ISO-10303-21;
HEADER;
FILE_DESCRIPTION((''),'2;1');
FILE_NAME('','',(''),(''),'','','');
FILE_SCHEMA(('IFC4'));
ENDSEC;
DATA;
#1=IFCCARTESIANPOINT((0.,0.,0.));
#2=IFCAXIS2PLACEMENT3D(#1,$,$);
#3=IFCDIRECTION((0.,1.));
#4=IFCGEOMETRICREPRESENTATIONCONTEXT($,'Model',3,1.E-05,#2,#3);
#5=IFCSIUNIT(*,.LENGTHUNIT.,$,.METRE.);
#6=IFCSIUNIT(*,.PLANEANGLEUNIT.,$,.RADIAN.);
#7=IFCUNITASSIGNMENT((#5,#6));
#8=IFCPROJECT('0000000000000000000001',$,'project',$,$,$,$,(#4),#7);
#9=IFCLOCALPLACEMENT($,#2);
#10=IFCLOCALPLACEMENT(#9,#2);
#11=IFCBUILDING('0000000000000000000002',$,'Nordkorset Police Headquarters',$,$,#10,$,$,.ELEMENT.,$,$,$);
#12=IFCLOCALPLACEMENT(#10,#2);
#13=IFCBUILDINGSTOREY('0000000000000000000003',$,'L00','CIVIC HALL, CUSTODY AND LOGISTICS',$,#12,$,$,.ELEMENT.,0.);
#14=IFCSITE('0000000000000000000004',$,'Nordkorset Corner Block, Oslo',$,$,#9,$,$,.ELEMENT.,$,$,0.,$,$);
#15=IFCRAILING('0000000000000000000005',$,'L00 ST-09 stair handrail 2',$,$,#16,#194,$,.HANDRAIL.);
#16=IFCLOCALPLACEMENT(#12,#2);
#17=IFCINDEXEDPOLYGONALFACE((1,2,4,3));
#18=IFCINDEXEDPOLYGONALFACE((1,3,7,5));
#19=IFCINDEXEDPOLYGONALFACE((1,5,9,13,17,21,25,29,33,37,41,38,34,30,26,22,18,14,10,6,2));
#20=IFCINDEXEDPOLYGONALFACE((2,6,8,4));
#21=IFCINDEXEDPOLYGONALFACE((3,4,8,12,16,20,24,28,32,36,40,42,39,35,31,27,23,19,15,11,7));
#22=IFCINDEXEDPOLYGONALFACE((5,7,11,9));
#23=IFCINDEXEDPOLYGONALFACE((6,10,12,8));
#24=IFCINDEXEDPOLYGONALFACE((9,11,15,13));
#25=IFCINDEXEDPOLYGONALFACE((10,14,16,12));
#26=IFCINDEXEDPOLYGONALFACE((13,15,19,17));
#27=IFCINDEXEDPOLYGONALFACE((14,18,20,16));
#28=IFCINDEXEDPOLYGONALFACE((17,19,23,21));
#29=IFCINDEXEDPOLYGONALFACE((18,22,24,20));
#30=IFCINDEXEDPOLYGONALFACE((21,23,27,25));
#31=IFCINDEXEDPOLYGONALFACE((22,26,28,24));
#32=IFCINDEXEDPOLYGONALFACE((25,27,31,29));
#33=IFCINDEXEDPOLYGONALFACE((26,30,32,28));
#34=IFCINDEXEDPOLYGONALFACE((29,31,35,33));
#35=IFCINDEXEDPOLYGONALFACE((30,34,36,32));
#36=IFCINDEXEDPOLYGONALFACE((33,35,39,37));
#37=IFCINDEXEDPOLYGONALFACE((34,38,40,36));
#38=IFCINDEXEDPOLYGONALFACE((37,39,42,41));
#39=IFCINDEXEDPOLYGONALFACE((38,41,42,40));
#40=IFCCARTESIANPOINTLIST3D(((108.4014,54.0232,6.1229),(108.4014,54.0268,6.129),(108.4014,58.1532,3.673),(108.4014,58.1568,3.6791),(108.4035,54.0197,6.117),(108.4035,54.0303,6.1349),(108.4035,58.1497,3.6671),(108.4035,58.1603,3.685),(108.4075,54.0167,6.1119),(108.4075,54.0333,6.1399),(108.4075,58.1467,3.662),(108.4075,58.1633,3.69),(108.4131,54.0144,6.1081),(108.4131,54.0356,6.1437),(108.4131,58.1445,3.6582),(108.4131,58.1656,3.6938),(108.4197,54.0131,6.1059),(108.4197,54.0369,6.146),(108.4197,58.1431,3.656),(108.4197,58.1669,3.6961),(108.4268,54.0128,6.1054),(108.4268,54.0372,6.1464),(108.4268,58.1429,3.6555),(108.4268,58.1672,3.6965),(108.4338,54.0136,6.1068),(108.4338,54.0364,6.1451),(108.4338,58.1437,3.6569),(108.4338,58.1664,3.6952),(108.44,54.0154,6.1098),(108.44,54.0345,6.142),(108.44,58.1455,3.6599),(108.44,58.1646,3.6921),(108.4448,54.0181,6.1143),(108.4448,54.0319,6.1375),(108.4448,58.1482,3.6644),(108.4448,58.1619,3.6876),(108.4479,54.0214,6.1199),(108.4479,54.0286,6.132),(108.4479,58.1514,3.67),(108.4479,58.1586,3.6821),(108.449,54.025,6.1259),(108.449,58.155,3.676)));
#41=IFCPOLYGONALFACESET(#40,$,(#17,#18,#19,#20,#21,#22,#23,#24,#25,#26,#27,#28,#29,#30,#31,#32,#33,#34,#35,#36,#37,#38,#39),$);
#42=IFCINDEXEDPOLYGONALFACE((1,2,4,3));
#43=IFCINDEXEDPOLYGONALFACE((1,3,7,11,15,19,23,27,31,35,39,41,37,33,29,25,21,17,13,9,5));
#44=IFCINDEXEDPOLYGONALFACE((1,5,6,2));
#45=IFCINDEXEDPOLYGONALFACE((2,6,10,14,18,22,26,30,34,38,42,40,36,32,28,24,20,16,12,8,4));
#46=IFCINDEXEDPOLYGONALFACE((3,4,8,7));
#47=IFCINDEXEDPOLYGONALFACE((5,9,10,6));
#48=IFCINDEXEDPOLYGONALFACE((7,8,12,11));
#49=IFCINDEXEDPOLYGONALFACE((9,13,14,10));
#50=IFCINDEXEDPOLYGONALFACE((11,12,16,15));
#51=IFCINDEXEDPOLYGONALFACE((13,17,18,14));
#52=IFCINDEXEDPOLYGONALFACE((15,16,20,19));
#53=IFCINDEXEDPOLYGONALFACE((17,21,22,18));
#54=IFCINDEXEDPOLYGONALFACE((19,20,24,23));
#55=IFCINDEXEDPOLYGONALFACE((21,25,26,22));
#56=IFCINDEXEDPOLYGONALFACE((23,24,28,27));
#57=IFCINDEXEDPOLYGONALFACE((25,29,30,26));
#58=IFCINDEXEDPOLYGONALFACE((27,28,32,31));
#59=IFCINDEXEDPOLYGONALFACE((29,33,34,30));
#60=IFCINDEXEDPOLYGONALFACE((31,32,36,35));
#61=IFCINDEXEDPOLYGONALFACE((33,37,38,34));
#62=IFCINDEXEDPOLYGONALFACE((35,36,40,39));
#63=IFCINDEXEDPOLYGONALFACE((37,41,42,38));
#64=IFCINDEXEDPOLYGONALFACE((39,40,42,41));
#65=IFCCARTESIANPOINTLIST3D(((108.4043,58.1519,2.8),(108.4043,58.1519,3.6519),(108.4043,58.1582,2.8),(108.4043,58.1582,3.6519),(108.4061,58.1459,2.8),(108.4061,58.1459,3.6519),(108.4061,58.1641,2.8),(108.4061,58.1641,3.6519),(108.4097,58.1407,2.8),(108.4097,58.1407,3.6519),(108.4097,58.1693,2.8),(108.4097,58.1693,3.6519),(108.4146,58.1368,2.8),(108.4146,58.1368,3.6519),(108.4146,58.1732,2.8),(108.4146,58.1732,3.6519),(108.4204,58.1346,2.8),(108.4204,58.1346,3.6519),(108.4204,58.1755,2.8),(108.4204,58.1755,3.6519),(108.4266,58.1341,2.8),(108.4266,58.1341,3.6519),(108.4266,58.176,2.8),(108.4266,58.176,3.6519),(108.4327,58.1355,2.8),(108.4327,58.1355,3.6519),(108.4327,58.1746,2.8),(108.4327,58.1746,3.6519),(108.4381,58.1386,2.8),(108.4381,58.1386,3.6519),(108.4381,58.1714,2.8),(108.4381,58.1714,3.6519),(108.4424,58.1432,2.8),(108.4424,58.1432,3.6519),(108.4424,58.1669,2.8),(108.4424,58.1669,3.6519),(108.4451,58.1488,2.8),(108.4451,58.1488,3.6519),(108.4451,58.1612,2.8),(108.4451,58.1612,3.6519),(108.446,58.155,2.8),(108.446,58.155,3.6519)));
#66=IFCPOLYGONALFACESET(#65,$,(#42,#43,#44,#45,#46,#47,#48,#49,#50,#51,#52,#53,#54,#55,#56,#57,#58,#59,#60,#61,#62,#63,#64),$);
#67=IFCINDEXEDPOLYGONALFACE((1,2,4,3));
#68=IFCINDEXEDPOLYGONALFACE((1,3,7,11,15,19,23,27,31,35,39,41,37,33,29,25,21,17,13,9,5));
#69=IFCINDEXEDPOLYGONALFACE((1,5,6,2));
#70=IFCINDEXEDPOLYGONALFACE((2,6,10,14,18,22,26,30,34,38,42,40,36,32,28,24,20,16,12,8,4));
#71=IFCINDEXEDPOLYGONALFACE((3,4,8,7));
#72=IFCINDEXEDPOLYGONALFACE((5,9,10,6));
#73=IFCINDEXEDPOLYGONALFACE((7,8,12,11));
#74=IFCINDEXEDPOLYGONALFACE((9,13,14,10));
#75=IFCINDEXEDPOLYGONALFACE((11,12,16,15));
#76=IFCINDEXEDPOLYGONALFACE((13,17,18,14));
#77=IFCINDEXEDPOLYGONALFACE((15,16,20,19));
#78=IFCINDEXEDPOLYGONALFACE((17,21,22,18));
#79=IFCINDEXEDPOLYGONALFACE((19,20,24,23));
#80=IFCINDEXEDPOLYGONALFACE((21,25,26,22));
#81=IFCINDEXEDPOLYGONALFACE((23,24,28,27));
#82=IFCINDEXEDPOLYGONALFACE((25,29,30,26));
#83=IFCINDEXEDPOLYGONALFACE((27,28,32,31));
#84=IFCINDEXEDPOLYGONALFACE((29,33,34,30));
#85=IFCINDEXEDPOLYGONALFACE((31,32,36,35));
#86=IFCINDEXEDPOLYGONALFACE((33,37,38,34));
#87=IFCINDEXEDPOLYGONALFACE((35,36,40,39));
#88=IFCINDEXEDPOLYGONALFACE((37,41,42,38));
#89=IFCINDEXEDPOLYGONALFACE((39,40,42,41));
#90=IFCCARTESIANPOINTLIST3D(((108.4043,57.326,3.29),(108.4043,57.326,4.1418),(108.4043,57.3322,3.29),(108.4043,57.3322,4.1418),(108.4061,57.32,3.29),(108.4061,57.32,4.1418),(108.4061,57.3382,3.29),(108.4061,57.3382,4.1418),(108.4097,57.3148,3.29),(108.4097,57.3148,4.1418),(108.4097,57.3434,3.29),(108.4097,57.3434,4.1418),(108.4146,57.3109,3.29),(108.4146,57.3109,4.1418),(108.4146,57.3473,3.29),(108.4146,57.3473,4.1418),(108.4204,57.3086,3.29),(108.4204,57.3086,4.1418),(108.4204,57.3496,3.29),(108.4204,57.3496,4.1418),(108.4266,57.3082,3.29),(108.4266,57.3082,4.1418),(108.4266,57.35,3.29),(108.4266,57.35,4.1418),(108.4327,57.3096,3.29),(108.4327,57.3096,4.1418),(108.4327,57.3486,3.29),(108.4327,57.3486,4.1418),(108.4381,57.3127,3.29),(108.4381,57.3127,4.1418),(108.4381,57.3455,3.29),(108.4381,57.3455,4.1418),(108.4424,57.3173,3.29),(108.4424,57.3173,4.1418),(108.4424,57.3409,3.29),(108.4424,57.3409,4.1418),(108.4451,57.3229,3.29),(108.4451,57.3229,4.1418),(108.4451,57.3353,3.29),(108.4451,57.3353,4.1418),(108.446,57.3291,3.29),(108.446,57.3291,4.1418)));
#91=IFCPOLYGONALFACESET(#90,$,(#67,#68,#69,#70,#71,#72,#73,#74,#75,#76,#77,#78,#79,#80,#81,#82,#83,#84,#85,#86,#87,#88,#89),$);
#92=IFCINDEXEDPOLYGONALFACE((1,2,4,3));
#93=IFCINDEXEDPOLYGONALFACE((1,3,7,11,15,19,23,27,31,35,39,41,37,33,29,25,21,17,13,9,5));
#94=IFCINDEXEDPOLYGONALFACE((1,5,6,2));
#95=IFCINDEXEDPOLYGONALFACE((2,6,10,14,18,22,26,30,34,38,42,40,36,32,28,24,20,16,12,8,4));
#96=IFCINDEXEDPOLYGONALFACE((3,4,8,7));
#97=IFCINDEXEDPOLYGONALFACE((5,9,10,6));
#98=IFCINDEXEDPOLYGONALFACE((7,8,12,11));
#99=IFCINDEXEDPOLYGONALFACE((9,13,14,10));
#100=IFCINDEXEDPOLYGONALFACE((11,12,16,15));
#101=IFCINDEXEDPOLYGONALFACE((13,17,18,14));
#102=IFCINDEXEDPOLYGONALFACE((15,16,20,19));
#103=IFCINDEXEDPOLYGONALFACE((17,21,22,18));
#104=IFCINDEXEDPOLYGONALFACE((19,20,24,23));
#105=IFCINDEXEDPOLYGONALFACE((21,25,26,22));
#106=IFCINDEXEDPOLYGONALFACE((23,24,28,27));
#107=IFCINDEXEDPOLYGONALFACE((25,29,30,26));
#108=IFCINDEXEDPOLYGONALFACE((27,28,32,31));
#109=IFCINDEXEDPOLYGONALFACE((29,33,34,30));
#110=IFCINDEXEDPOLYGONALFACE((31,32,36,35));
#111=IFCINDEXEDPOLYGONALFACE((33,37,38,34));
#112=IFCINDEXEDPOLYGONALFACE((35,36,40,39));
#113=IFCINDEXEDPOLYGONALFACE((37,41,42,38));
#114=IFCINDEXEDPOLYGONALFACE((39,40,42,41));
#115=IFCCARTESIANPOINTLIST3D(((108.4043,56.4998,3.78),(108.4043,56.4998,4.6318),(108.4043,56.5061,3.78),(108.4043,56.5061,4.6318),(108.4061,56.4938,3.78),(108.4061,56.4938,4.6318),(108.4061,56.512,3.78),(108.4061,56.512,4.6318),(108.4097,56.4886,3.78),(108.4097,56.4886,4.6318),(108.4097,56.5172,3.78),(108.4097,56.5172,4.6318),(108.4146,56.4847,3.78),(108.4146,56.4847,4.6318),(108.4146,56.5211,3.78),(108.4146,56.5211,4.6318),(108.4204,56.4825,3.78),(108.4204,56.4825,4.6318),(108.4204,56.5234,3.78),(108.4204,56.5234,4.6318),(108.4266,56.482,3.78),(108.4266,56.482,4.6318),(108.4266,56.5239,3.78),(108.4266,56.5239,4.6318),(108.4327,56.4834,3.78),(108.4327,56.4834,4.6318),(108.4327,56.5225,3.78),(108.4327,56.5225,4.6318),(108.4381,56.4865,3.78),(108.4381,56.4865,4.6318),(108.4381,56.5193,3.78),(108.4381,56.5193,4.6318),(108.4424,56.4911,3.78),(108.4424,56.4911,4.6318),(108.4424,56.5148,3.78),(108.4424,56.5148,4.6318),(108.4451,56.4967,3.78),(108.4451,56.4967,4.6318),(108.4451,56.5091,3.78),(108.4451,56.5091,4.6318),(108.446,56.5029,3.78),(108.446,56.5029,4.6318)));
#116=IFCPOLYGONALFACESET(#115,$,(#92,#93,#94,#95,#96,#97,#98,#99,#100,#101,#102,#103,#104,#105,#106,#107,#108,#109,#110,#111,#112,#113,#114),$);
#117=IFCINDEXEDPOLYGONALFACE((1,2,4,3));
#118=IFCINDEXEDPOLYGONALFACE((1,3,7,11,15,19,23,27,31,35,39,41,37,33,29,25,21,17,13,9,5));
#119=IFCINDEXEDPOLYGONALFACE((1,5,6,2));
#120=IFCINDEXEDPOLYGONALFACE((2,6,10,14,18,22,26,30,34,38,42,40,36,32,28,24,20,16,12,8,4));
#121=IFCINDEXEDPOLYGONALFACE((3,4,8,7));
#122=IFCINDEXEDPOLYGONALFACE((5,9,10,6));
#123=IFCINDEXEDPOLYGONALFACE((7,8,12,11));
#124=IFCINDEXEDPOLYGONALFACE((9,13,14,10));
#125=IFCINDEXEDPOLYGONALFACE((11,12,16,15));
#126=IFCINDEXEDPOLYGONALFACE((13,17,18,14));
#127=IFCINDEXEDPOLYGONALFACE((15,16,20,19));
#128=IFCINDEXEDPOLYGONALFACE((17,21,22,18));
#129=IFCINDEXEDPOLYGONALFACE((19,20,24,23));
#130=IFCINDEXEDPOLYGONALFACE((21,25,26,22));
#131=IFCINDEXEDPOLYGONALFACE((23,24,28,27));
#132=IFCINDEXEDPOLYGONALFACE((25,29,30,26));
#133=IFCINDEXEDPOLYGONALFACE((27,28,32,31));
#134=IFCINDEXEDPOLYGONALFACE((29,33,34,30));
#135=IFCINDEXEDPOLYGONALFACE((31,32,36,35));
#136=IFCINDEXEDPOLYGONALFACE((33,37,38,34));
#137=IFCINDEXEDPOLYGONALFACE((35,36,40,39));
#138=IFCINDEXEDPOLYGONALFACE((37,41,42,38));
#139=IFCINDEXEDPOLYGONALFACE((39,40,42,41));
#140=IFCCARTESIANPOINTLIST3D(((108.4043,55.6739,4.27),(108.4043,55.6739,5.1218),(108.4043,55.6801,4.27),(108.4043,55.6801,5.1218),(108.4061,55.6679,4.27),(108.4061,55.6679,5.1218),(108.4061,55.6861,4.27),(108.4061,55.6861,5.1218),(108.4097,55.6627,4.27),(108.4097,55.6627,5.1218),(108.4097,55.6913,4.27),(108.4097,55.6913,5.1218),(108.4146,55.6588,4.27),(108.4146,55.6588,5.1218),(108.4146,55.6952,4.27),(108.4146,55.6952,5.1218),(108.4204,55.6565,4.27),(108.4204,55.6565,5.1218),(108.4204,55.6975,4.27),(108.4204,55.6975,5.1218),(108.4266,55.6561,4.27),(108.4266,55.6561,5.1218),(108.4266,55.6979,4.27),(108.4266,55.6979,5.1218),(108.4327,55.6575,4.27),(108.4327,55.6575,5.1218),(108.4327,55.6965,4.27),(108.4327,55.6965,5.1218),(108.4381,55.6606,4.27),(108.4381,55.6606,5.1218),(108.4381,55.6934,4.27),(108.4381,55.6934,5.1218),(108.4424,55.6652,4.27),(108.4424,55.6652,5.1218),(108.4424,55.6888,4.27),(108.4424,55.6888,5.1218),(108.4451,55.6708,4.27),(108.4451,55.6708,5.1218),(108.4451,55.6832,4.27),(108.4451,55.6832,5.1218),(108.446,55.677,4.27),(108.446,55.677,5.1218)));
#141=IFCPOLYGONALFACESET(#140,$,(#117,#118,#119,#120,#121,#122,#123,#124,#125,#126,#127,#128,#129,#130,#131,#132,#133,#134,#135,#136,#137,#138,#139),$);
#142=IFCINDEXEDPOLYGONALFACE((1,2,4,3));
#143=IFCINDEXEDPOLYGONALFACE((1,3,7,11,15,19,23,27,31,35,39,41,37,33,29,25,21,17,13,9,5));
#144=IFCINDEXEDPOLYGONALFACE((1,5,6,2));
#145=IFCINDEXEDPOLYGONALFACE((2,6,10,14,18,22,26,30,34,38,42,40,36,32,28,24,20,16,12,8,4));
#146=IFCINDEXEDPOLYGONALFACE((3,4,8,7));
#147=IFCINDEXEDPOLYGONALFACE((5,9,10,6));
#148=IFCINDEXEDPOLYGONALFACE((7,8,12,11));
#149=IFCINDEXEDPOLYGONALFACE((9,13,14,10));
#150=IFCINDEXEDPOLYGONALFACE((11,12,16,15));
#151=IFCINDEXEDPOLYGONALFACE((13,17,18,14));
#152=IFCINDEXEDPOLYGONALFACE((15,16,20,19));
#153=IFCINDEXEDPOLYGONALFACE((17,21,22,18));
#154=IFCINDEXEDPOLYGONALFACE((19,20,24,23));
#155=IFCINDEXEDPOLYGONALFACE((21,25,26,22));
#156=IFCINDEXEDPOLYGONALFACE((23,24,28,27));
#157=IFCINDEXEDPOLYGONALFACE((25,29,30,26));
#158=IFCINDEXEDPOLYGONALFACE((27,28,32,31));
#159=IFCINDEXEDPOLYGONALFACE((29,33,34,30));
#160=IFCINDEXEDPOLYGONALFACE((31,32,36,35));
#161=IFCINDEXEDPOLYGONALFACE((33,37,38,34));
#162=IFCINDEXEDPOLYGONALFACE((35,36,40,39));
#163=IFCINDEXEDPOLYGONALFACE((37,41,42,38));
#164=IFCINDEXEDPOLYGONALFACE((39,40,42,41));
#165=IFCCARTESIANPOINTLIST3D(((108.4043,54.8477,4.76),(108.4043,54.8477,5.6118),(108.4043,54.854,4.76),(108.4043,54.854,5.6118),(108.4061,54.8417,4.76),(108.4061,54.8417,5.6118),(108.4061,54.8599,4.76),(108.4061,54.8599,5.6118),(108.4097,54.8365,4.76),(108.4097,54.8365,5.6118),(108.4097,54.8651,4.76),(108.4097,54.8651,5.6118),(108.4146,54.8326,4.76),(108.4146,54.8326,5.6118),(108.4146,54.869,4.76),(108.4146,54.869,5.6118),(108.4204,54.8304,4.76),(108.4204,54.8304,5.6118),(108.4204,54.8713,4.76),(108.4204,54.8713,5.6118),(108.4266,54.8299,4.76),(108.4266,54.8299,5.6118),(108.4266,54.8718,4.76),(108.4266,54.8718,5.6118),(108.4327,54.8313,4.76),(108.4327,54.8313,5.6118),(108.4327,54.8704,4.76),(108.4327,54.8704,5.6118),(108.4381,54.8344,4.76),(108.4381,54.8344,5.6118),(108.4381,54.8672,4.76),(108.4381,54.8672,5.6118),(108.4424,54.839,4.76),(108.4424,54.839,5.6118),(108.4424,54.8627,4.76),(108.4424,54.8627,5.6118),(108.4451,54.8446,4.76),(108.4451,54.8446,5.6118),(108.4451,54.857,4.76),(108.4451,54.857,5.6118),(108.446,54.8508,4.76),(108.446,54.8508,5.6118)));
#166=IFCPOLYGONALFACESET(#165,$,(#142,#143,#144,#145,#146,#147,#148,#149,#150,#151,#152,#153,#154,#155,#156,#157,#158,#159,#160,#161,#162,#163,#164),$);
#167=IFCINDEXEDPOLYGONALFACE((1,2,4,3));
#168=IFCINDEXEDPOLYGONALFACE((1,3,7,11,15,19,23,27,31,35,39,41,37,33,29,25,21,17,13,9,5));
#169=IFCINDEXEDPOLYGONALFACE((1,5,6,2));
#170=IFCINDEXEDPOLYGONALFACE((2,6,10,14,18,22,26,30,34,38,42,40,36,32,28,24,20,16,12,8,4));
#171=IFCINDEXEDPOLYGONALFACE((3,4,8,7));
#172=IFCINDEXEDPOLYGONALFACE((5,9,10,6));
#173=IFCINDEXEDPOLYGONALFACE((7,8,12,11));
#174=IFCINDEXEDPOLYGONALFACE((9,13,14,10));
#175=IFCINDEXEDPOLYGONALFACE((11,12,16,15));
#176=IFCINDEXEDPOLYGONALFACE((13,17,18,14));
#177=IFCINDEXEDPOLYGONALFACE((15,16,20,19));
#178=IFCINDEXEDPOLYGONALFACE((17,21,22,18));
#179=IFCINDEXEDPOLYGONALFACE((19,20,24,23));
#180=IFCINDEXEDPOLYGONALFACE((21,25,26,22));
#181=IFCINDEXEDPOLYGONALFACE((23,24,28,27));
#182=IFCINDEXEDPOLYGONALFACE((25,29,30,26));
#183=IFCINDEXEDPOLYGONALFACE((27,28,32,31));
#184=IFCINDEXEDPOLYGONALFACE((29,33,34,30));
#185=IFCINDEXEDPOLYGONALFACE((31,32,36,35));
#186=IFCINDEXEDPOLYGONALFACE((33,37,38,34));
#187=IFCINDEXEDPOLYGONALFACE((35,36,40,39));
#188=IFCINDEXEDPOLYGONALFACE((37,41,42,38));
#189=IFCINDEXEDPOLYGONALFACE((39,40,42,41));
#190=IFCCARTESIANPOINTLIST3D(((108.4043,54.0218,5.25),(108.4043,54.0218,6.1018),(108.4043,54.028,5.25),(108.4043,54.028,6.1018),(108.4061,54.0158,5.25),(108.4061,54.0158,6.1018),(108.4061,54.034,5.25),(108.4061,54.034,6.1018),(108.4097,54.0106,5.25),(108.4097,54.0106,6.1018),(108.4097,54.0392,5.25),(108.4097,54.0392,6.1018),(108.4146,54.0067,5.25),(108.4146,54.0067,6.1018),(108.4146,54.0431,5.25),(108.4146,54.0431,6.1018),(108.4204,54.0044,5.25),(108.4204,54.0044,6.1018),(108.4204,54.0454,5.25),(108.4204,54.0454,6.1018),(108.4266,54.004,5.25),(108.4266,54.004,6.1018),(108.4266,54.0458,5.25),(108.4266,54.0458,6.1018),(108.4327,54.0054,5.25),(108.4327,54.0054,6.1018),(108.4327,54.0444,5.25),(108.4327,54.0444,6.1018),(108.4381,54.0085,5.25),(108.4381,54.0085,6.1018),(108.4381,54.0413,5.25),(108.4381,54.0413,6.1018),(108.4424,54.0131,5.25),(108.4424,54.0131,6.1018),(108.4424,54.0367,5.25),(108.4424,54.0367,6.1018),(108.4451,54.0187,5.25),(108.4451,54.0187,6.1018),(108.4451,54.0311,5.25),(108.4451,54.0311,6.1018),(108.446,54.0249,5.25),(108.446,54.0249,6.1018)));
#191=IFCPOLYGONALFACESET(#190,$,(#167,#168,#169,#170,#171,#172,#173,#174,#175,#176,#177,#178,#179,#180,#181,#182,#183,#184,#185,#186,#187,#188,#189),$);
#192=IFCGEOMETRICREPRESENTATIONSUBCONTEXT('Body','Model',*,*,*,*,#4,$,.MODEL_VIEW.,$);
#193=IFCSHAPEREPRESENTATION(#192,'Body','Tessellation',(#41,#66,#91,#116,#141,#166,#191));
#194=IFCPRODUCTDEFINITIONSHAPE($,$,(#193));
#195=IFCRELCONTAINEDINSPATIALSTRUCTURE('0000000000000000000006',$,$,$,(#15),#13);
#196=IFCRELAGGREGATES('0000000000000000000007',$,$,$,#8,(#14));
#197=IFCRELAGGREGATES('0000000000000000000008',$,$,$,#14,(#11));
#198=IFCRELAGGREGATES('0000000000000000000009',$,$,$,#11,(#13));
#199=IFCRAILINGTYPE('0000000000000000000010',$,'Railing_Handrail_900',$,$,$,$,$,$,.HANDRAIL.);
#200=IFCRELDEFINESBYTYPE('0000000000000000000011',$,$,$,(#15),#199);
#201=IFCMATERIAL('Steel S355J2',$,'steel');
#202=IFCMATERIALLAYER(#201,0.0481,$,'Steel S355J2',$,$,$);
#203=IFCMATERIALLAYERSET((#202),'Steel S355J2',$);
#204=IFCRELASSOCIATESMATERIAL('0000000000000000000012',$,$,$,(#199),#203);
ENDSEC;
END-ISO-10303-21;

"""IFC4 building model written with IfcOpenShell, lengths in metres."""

from ifc_helpers import new_model, si_unit, direction, frame, origin, origin_2d, place, context, subcontext, project, spatial, circle, extrude, material, layer, layer_set, type_object, element, save


model = new_model("IFC4")

# Units and contexts
model_context = context("Model", 3, precision=1e-05, world=origin(), true_north=direction((0.0, 1.0)))
body_context = subcontext(model_context, "Body", "Model", "MODEL_VIEW")
ifc_project = project(units=[si_unit("LENGTHUNIT", "METRE"), si_unit("PLANEANGLEUNIT", "RADIAN")], contexts=[model_context])

# Site, building, storey
site_placement = place(None, origin())
site = spatial("IfcSite", under=ifc_project, at=site_placement, Name="Nordkorset Corner Block, Oslo", CompositionType="ELEMENT", RefElevation=0.0)
building_placement = place(site_placement, origin())
building = spatial("IfcBuilding", under=site, at=building_placement, Name="Nordkorset Police Headquarters", CompositionType="ELEMENT")
storey_placement = place(building_placement, origin())
storey = spatial("IfcBuildingStorey", under=building, at=storey_placement, Name="L00", Description="CIVIC HALL, CUSTODY AND LOGISTICS", CompositionType="ELEMENT", Elevation=0.0)

# Railing
ifc_material_1 = material(Name="Steel S355J2", Category="steel")
ifc_layer_1 = layer(ifc_material_1, 0.0481, Name="Steel S355J2")
ifc_layer_set_1 = layer_set([ifc_layer_1], Name="Steel S355J2")
railing_type_1 = type_object("IfcRailingType", Name="Railing_Handrail_900", PredefinedType="HANDRAIL", material=ifc_layer_set_1)
railing_1_placement = place(storey_placement, frame((108.425, 58.155, 2.8)))
element("IfcRailing", 1, at=railing_1_placement, inside=storey, type_object=railing_type_1, Name="L00 ST-09 stair handrail 2", PredefinedType="HANDRAIL", context=body_context, shape_type="SweptSolid", body=[
    extrude(circle(Radius=0.0239, at=origin_2d()), frame((0.0, 0.0, 0.876), z_axis=(0.0, -0.860066, 0.510183), x_axis=(1.0, 0.0, 0.0)), (0.0, 0.0, 1.0), 4.802),
    extrude(circle(Radius=0.021, at=origin_2d()), origin(), (0.0, 0.0, 1.0), 0.8518),
    extrude(circle(Radius=0.021, at=origin_2d()), frame((0.0, -0.8259, 0.49)), (0.0, 0.0, 1.0), 0.8518),
    extrude(circle(Radius=0.021, at=origin_2d()), frame((0.0, -1.6521, 0.98)), (0.0, 0.0, 1.0), 0.8518),
    extrude(circle(Radius=0.021, at=origin_2d()), frame((0.0, -2.478, 1.47)), (0.0, 0.0, 1.0), 0.8518),
    extrude(circle(Radius=0.021, at=origin_2d()), frame((0.0, -3.3042, 1.96)), (0.0, 0.0, 1.0), 0.8518),
    extrude(circle(Radius=0.021, at=origin_2d()), frame((0.0, -4.1301, 2.45)), (0.0, 0.0, 1.0), 0.8518),
])

save(model, "model.ifc")
